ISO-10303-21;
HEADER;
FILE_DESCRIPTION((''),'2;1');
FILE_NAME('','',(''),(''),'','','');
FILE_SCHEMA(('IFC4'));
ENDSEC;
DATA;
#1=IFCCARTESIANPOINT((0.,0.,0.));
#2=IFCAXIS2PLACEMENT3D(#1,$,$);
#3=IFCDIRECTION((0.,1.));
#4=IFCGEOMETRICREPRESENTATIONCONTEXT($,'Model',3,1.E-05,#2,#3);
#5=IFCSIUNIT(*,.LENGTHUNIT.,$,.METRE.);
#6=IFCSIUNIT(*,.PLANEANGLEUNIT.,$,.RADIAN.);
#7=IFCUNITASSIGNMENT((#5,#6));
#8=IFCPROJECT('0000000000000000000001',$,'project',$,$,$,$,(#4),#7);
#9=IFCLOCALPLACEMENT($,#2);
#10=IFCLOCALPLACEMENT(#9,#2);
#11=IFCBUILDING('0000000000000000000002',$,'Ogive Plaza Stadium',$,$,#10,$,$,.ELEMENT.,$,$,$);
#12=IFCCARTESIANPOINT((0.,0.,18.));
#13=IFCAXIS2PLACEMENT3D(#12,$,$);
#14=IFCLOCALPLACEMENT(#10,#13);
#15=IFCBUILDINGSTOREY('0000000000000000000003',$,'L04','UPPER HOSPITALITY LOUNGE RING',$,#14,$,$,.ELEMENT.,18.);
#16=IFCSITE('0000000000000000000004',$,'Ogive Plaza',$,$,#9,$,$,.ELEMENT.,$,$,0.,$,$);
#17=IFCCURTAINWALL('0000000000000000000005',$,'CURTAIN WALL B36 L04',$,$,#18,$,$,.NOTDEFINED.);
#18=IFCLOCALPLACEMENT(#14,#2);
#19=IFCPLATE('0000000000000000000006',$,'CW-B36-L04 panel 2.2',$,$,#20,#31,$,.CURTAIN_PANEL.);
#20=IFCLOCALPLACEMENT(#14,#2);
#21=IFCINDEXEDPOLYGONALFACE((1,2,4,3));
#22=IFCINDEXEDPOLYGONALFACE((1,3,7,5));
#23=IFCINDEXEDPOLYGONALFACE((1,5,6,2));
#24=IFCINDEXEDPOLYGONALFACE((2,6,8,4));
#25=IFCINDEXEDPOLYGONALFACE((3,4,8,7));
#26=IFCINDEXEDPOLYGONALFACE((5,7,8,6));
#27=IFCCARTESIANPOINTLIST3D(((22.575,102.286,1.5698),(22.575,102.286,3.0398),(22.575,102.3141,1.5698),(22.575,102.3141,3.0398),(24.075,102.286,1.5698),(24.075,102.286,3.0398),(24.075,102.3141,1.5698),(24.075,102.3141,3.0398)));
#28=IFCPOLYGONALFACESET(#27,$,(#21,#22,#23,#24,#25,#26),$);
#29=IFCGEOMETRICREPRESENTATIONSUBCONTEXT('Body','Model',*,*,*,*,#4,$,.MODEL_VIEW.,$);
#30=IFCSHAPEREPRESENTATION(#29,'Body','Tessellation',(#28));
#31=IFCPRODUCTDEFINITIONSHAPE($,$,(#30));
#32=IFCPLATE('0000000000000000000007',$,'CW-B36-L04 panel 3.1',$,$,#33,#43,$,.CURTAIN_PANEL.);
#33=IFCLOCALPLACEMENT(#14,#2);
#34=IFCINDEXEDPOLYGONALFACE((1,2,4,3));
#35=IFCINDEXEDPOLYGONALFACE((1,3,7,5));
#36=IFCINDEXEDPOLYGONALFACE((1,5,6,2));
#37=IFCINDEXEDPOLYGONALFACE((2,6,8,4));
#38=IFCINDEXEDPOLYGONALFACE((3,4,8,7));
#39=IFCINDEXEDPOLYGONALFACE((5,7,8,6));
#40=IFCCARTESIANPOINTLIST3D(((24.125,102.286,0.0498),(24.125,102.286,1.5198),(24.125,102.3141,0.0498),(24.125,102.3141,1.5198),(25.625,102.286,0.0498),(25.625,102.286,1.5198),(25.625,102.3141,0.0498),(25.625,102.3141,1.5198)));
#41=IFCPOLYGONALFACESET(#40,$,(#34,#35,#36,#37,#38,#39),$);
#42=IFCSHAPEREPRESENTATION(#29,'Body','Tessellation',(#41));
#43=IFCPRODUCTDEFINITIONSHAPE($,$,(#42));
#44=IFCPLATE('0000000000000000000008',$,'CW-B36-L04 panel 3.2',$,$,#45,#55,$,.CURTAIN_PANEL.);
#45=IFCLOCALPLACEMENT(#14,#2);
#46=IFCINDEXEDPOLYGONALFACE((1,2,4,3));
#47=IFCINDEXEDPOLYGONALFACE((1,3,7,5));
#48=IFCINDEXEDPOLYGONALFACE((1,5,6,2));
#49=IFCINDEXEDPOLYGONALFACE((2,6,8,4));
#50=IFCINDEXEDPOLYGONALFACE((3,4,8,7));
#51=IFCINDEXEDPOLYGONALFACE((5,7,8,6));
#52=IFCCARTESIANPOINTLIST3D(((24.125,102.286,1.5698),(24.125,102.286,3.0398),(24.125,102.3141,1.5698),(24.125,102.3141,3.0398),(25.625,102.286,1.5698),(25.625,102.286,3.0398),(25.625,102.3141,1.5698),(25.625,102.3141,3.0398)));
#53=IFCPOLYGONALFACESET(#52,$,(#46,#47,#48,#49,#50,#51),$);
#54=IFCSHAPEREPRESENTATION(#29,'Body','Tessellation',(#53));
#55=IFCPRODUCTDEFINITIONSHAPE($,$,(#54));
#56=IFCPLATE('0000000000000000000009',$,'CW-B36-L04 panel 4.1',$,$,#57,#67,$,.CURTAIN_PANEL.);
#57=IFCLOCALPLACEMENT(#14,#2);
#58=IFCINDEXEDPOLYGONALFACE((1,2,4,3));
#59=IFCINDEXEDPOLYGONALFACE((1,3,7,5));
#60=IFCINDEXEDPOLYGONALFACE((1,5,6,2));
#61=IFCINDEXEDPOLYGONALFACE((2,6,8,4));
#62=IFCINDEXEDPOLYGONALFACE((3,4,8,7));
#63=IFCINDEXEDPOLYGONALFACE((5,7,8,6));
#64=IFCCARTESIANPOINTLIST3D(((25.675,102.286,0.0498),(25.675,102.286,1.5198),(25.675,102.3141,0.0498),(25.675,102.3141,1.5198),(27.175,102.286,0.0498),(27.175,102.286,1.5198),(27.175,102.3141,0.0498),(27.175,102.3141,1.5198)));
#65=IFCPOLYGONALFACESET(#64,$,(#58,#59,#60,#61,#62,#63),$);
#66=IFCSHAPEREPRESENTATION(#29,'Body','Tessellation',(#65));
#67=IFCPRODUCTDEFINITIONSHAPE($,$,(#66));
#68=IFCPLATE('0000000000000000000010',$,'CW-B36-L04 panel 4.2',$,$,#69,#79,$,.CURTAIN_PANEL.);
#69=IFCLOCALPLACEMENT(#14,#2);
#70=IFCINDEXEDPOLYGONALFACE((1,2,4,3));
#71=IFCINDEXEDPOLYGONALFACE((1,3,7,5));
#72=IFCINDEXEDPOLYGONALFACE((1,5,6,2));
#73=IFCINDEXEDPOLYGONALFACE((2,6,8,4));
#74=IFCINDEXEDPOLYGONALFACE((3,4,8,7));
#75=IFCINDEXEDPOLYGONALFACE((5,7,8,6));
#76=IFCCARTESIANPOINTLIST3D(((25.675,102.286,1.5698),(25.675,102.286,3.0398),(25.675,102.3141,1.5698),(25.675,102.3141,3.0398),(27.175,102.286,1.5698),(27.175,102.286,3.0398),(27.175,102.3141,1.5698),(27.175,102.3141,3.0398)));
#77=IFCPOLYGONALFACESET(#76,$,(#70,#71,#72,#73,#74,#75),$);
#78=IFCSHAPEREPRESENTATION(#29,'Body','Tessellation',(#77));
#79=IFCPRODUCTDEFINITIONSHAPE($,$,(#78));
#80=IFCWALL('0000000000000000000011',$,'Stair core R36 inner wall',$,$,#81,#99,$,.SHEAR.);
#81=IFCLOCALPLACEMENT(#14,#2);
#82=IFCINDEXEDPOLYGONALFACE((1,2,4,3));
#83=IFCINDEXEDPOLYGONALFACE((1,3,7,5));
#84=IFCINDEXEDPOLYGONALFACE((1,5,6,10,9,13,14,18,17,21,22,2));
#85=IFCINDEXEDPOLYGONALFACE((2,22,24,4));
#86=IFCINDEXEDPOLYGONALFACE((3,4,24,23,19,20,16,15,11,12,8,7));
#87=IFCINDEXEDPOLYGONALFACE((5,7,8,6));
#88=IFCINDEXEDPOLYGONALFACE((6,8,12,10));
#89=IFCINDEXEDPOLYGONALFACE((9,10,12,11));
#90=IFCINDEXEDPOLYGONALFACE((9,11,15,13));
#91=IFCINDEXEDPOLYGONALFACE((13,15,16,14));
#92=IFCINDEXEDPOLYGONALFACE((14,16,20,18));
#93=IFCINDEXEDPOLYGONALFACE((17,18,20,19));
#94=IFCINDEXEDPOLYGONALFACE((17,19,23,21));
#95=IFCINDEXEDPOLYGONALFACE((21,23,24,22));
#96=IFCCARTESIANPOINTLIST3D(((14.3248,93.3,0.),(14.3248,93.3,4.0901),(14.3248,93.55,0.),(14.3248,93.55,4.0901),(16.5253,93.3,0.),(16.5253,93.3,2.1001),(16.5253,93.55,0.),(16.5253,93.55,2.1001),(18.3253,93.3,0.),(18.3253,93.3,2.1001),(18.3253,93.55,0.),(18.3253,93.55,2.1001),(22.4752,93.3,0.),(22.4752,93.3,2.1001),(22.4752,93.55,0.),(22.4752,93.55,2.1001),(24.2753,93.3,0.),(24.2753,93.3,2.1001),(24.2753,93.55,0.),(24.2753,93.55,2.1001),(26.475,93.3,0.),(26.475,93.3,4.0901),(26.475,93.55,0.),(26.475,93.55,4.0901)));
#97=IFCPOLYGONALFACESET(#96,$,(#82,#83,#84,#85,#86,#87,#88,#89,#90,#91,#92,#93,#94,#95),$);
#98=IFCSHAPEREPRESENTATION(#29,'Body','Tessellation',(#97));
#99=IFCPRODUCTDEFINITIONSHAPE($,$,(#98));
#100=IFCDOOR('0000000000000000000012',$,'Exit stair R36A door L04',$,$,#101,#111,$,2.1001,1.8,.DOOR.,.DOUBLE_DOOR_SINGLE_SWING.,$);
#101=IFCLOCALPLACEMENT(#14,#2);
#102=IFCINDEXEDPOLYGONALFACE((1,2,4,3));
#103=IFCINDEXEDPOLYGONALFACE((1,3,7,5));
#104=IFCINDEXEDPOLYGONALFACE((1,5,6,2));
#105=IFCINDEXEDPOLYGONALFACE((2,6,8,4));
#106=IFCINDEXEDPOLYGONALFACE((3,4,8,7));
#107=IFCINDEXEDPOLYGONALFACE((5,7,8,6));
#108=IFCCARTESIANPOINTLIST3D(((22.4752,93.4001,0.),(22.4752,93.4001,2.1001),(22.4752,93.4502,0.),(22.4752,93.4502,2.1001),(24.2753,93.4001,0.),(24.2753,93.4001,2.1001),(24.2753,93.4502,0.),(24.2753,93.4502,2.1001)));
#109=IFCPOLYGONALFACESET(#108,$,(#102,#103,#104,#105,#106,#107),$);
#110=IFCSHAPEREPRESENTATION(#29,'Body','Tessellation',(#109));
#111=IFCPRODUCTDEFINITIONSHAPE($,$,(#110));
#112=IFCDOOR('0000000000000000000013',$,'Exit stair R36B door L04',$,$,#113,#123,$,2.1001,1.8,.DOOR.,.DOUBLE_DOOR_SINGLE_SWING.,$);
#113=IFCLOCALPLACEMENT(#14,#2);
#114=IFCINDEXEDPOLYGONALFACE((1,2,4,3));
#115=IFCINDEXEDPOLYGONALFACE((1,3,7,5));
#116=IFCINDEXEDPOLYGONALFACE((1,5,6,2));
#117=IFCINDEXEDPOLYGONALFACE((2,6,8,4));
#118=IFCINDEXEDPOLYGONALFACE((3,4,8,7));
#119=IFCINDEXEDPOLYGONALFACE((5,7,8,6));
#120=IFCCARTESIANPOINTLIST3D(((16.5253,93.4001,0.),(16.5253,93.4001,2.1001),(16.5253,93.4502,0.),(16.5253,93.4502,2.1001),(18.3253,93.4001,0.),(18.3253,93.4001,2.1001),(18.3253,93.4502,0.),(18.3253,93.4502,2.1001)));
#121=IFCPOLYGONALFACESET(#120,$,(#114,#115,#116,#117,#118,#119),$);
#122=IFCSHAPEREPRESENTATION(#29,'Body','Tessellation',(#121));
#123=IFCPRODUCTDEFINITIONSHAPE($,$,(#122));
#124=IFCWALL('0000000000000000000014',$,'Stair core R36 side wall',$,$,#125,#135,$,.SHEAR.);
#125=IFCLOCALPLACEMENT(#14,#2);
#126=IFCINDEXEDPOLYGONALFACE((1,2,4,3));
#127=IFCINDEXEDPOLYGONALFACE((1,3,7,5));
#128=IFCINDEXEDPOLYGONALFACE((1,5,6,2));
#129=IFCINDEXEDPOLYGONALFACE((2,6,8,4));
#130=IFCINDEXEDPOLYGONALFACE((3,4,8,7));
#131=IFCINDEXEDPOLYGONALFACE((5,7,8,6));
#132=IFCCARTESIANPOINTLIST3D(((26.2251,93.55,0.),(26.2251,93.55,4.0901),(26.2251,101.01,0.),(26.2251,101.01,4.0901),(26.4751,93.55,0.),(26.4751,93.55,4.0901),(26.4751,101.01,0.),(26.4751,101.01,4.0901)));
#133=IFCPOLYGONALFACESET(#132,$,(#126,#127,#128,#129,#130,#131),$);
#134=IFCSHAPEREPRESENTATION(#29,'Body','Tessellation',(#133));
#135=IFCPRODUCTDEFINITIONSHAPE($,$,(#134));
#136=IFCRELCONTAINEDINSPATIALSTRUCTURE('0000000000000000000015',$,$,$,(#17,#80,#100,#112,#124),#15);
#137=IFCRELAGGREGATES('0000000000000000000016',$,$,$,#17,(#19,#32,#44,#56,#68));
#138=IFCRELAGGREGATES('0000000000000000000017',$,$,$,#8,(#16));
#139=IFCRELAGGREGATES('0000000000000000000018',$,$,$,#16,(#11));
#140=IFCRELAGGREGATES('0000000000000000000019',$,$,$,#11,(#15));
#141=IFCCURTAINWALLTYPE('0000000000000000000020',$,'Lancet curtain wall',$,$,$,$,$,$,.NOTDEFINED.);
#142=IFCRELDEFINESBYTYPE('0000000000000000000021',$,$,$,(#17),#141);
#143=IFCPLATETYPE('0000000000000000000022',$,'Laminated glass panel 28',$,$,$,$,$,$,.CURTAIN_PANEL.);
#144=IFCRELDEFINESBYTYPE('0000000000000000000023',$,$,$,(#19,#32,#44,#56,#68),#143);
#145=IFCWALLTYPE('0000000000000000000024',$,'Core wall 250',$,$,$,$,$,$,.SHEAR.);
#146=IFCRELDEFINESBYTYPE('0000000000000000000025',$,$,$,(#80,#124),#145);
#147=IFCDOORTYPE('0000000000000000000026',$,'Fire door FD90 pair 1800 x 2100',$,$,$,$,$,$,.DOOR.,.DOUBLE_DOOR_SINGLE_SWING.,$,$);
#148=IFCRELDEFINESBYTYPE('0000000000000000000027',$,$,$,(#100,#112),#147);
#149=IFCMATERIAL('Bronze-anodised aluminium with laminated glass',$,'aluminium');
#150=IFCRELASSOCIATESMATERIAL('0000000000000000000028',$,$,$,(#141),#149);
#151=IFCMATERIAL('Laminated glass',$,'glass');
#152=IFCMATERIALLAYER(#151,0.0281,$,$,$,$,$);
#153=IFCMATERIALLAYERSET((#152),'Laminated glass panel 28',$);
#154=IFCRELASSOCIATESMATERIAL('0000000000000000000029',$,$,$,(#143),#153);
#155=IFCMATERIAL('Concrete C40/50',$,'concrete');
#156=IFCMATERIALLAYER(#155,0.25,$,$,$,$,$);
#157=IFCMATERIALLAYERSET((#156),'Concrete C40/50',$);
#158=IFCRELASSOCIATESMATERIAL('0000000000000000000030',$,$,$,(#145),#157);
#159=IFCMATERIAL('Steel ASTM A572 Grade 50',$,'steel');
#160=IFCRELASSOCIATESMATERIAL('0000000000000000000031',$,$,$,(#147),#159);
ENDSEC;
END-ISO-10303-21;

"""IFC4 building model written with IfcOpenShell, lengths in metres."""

from ifc_helpers import new_model, si_unit, direction, frame, frame_2d, origin, origin_2d, place, context, subcontext, project, spatial, rectangle, extrude, material, layer, layer_set, type_object, element, fill, aggregate, save


model = new_model("IFC4")

# Units and contexts
model_context = context("Model", 3, precision=1e-05, world=origin(), true_north=direction((0.0, 1.0)))
body_context = subcontext(model_context, "Body", "Model", "MODEL_VIEW")
ifc_project = project(units=[si_unit("LENGTHUNIT", "METRE"), si_unit("PLANEANGLEUNIT", "RADIAN")], contexts=[model_context])

# Site, building, storey
site_placement = place(None, origin())
site = spatial("IfcSite", under=ifc_project, at=site_placement, Name="Ogive Plaza", CompositionType="ELEMENT", RefElevation=0.0)
building_placement = place(site_placement, origin())
building = spatial("IfcBuilding", under=site, at=building_placement, Name="Ogive Plaza Stadium", CompositionType="ELEMENT")
storey_placement = place(building_placement, frame((0.0, 0.0, 18.0)))
storey = spatial("IfcBuildingStorey", under=building, at=storey_placement, Name="L04", Description="UPPER HOSPITALITY LOUNGE RING", CompositionType="ELEMENT", Elevation=18.0)

# Curtain wall, plates
ifc_material_1 = material(Name="Bronze-anodised aluminium with laminated glass", Category="aluminium")
curtain_wall_type = type_object("IfcCurtainWallType", Name="Lancet curtain wall", PredefinedType="NOTDEFINED", material=ifc_material_1)
curtain_wall_placement = place(storey_placement, origin())
curtain_wall = element("IfcCurtainWall", 1, at=curtain_wall_placement, inside=storey, type_object=curtain_wall_type, Name="CURTAIN WALL B36 L04", PredefinedType="NOTDEFINED")
ifc_material_2 = material(Name="Laminated glass", Category="glass")
ifc_layer_1 = layer(ifc_material_2, 0.0281)
ifc_layer_set_1 = layer_set([ifc_layer_1], Name="Laminated glass panel 28")
plate_type = type_object("IfcPlateType", Name="Laminated glass panel 28", PredefinedType="CURTAIN_PANEL", material=ifc_layer_set_1)
plate_1_placement = place(storey_placement, frame((23.325, 102.3, 1.5698), z_axis=(0.0, 0.0, 1.0), x_axis=(1.0, 0.0, 0.0)))
plate_1 = element("IfcPlate", 2, at=plate_1_placement, type_object=plate_type, Name="CW-B36-L04 panel 2.2", PredefinedType="CURTAIN_PANEL", context=body_context, shape_type="SweptSolid", body=[
    extrude(rectangle(XDim=1.5, YDim=0.0281, at=origin_2d()), origin(), (0.0, 0.0, 1.0), 1.47),
])
plate_2_placement = place(storey_placement, frame((24.875, 102.3, 0.0498), z_axis=(0.0, 0.0, 1.0), x_axis=(1.0, 0.0, 0.0)))
plate_2 = element("IfcPlate", 3, at=plate_2_placement, type_object=plate_type, Name="CW-B36-L04 panel 3.1", PredefinedType="CURTAIN_PANEL", context=body_context, shape_type="SweptSolid", body=[
    extrude(rectangle(XDim=1.5, YDim=0.0281, at=origin_2d()), origin(), (0.0, 0.0, 1.0), 1.47),
])
plate_3_placement = place(storey_placement, frame((24.875, 102.3, 1.5698), z_axis=(0.0, 0.0, 1.0), x_axis=(1.0, 0.0, 0.0)))
plate_3 = element("IfcPlate", 4, at=plate_3_placement, type_object=plate_type, Name="CW-B36-L04 panel 3.2", PredefinedType="CURTAIN_PANEL", context=body_context, shape_type="SweptSolid", body=[
    extrude(rectangle(XDim=1.5, YDim=0.0281, at=origin_2d()), origin(), (0.0, 0.0, 1.0), 1.47),
])
plate_4_placement = place(storey_placement, frame((26.425, 102.3, 0.0498), z_axis=(0.0, 0.0, 1.0), x_axis=(1.0, 0.0, 0.0)))
plate_4 = element("IfcPlate", 5, at=plate_4_placement, type_object=plate_type, Name="CW-B36-L04 panel 4.1", PredefinedType="CURTAIN_PANEL", context=body_context, shape_type="SweptSolid", body=[
    extrude(rectangle(XDim=1.5, YDim=0.0281, at=origin_2d()), origin(), (0.0, 0.0, 1.0), 1.47),
])
plate_5_placement = place(storey_placement, frame((26.425, 102.3, 1.5698), z_axis=(0.0, 0.0, 1.0), x_axis=(1.0, 0.0, 0.0)))
plate_5 = element("IfcPlate", 6, at=plate_5_placement, type_object=plate_type, Name="CW-B36-L04 panel 4.2", PredefinedType="CURTAIN_PANEL", context=body_context, shape_type="SweptSolid", body=[
    extrude(rectangle(XDim=1.5, YDim=0.0281, at=origin_2d()), origin(), (0.0, 0.0, 1.0), 1.47),
])
aggregate(curtain_wall, [plate_1, plate_2, plate_3, plate_4, plate_5])

# Wall, openings, doors
ifc_material_3 = material(Name="Concrete C40/50", Category="concrete")
ifc_layer_2 = layer(ifc_material_3, 0.25)
ifc_layer_set_2 = layer_set([ifc_layer_2], Name="Concrete C40/50")
wall_type = type_object("IfcWallType", Name="Core wall 250", PredefinedType="SHEAR", material=ifc_layer_set_2)
wall_1_placement = place(storey_placement, frame((26.4751, 93.425, 0.0), z_axis=(0.0, 0.0, 1.0), x_axis=(-1.0, 0.0, 0.0)))
wall_1 = element("IfcWall", 7, at=wall_1_placement, inside=storey, type_object=wall_type, Name="Stair core R36 inner wall", PredefinedType="SHEAR", context=body_context, shape_type="SweptSolid", body=[
    extrude(rectangle(XDim=12.1501, YDim=0.25, at=frame_2d((6.0752, 0.0))), origin(), (0.0, 0.0, 1.0), 4.0901),
])
opening_1_placement = place(wall_1_placement, frame((2.2, 0.0, 0.0)))
opening_1 = element("IfcOpeningElement", 8, at=opening_1_placement, cuts=wall_1, PredefinedType="OPENING", context=body_context, shape_type="SweptSolid", body=[
    extrude(rectangle(XDim=1.8, YDim=2.1001, at=frame_2d((0.8999, 1.05))), frame((0.0, 0.125, 0.0), z_axis=(0.0, -1.0, 0.0), x_axis=(1.0, 0.0, 0.0)), (0.0, 0.0, 1.0), 0.25),
])
opening_2_placement = place(wall_1_placement, frame((8.1499, 0.0, 0.0)))
opening_2 = element("IfcOpeningElement", 9, at=opening_2_placement, cuts=wall_1, PredefinedType="OPENING", context=body_context, shape_type="SweptSolid", body=[
    extrude(rectangle(XDim=1.8, YDim=2.1001, at=frame_2d((0.8999, 1.05))), frame((0.0, 0.125, 0.0), z_axis=(0.0, -1.0, 0.0), x_axis=(1.0, 0.0, 0.0)), (0.0, 0.0, 1.0), 0.25),
])
ifc_material_4 = material(Name="Steel ASTM A572 Grade 50", Category="steel")
door_type = type_object("IfcDoorType", Name="Fire door FD90 pair 1800 x 2100", OperationType="DOUBLE_DOOR_SINGLE_SWING", PredefinedType="DOOR", material=ifc_material_4)
door_1_placement = place(opening_1_placement, origin())
door_1 = element("IfcDoor", 10, at=door_1_placement, inside=storey, type_object=door_type, Name="Exit stair R36A door L04", OperationType="DOUBLE_DOOR_SINGLE_SWING", OverallHeight=2.1001, OverallWidth=1.8, PredefinedType="DOOR", context=body_context, shape_type="SweptSolid", body=[
    extrude(rectangle(XDim=1.8, YDim=2.1001, at=frame_2d((0.8999, 1.05))), frame((0.0, 0.0249, 0.0), z_axis=(0.0, -1.0, 0.0), x_axis=(1.0, 0.0, 0.0)), (0.0, 0.0, 1.0), 0.05),
])
fill(opening_1, door_1)
door_2_placement = place(opening_2_placement, origin())
door_2 = element("IfcDoor", 11, at=door_2_placement, inside=storey, type_object=door_type, Name="Exit stair R36B door L04", OperationType="DOUBLE_DOOR_SINGLE_SWING", OverallHeight=2.1001, OverallWidth=1.8, PredefinedType="DOOR", context=body_context, shape_type="SweptSolid", body=[
    extrude(rectangle(XDim=1.8, YDim=2.1001, at=frame_2d((0.8999, 1.05))), frame((0.0, 0.0249, 0.0), z_axis=(0.0, -1.0, 0.0), x_axis=(1.0, 0.0, 0.0)), (0.0, 0.0, 1.0), 0.05),
])
fill(opening_2, door_2)

# Wall
wall_2_placement = place(storey_placement, frame((26.3501, 93.55, 0.0), z_axis=(0.0, 0.0, 1.0), x_axis=(0.0, 1.0, 0.0)))
element("IfcWall", 12, at=wall_2_placement, inside=storey, type_object=wall_type, Name="Stair core R36 side wall", PredefinedType="SHEAR", context=body_context, shape_type="SweptSolid", body=[
    extrude(rectangle(XDim=7.46, YDim=0.25, at=frame_2d((3.73, 0.0))), origin(), (0.0, 0.0, 1.0), 4.0901),
])

save(model, "model.ifc")
